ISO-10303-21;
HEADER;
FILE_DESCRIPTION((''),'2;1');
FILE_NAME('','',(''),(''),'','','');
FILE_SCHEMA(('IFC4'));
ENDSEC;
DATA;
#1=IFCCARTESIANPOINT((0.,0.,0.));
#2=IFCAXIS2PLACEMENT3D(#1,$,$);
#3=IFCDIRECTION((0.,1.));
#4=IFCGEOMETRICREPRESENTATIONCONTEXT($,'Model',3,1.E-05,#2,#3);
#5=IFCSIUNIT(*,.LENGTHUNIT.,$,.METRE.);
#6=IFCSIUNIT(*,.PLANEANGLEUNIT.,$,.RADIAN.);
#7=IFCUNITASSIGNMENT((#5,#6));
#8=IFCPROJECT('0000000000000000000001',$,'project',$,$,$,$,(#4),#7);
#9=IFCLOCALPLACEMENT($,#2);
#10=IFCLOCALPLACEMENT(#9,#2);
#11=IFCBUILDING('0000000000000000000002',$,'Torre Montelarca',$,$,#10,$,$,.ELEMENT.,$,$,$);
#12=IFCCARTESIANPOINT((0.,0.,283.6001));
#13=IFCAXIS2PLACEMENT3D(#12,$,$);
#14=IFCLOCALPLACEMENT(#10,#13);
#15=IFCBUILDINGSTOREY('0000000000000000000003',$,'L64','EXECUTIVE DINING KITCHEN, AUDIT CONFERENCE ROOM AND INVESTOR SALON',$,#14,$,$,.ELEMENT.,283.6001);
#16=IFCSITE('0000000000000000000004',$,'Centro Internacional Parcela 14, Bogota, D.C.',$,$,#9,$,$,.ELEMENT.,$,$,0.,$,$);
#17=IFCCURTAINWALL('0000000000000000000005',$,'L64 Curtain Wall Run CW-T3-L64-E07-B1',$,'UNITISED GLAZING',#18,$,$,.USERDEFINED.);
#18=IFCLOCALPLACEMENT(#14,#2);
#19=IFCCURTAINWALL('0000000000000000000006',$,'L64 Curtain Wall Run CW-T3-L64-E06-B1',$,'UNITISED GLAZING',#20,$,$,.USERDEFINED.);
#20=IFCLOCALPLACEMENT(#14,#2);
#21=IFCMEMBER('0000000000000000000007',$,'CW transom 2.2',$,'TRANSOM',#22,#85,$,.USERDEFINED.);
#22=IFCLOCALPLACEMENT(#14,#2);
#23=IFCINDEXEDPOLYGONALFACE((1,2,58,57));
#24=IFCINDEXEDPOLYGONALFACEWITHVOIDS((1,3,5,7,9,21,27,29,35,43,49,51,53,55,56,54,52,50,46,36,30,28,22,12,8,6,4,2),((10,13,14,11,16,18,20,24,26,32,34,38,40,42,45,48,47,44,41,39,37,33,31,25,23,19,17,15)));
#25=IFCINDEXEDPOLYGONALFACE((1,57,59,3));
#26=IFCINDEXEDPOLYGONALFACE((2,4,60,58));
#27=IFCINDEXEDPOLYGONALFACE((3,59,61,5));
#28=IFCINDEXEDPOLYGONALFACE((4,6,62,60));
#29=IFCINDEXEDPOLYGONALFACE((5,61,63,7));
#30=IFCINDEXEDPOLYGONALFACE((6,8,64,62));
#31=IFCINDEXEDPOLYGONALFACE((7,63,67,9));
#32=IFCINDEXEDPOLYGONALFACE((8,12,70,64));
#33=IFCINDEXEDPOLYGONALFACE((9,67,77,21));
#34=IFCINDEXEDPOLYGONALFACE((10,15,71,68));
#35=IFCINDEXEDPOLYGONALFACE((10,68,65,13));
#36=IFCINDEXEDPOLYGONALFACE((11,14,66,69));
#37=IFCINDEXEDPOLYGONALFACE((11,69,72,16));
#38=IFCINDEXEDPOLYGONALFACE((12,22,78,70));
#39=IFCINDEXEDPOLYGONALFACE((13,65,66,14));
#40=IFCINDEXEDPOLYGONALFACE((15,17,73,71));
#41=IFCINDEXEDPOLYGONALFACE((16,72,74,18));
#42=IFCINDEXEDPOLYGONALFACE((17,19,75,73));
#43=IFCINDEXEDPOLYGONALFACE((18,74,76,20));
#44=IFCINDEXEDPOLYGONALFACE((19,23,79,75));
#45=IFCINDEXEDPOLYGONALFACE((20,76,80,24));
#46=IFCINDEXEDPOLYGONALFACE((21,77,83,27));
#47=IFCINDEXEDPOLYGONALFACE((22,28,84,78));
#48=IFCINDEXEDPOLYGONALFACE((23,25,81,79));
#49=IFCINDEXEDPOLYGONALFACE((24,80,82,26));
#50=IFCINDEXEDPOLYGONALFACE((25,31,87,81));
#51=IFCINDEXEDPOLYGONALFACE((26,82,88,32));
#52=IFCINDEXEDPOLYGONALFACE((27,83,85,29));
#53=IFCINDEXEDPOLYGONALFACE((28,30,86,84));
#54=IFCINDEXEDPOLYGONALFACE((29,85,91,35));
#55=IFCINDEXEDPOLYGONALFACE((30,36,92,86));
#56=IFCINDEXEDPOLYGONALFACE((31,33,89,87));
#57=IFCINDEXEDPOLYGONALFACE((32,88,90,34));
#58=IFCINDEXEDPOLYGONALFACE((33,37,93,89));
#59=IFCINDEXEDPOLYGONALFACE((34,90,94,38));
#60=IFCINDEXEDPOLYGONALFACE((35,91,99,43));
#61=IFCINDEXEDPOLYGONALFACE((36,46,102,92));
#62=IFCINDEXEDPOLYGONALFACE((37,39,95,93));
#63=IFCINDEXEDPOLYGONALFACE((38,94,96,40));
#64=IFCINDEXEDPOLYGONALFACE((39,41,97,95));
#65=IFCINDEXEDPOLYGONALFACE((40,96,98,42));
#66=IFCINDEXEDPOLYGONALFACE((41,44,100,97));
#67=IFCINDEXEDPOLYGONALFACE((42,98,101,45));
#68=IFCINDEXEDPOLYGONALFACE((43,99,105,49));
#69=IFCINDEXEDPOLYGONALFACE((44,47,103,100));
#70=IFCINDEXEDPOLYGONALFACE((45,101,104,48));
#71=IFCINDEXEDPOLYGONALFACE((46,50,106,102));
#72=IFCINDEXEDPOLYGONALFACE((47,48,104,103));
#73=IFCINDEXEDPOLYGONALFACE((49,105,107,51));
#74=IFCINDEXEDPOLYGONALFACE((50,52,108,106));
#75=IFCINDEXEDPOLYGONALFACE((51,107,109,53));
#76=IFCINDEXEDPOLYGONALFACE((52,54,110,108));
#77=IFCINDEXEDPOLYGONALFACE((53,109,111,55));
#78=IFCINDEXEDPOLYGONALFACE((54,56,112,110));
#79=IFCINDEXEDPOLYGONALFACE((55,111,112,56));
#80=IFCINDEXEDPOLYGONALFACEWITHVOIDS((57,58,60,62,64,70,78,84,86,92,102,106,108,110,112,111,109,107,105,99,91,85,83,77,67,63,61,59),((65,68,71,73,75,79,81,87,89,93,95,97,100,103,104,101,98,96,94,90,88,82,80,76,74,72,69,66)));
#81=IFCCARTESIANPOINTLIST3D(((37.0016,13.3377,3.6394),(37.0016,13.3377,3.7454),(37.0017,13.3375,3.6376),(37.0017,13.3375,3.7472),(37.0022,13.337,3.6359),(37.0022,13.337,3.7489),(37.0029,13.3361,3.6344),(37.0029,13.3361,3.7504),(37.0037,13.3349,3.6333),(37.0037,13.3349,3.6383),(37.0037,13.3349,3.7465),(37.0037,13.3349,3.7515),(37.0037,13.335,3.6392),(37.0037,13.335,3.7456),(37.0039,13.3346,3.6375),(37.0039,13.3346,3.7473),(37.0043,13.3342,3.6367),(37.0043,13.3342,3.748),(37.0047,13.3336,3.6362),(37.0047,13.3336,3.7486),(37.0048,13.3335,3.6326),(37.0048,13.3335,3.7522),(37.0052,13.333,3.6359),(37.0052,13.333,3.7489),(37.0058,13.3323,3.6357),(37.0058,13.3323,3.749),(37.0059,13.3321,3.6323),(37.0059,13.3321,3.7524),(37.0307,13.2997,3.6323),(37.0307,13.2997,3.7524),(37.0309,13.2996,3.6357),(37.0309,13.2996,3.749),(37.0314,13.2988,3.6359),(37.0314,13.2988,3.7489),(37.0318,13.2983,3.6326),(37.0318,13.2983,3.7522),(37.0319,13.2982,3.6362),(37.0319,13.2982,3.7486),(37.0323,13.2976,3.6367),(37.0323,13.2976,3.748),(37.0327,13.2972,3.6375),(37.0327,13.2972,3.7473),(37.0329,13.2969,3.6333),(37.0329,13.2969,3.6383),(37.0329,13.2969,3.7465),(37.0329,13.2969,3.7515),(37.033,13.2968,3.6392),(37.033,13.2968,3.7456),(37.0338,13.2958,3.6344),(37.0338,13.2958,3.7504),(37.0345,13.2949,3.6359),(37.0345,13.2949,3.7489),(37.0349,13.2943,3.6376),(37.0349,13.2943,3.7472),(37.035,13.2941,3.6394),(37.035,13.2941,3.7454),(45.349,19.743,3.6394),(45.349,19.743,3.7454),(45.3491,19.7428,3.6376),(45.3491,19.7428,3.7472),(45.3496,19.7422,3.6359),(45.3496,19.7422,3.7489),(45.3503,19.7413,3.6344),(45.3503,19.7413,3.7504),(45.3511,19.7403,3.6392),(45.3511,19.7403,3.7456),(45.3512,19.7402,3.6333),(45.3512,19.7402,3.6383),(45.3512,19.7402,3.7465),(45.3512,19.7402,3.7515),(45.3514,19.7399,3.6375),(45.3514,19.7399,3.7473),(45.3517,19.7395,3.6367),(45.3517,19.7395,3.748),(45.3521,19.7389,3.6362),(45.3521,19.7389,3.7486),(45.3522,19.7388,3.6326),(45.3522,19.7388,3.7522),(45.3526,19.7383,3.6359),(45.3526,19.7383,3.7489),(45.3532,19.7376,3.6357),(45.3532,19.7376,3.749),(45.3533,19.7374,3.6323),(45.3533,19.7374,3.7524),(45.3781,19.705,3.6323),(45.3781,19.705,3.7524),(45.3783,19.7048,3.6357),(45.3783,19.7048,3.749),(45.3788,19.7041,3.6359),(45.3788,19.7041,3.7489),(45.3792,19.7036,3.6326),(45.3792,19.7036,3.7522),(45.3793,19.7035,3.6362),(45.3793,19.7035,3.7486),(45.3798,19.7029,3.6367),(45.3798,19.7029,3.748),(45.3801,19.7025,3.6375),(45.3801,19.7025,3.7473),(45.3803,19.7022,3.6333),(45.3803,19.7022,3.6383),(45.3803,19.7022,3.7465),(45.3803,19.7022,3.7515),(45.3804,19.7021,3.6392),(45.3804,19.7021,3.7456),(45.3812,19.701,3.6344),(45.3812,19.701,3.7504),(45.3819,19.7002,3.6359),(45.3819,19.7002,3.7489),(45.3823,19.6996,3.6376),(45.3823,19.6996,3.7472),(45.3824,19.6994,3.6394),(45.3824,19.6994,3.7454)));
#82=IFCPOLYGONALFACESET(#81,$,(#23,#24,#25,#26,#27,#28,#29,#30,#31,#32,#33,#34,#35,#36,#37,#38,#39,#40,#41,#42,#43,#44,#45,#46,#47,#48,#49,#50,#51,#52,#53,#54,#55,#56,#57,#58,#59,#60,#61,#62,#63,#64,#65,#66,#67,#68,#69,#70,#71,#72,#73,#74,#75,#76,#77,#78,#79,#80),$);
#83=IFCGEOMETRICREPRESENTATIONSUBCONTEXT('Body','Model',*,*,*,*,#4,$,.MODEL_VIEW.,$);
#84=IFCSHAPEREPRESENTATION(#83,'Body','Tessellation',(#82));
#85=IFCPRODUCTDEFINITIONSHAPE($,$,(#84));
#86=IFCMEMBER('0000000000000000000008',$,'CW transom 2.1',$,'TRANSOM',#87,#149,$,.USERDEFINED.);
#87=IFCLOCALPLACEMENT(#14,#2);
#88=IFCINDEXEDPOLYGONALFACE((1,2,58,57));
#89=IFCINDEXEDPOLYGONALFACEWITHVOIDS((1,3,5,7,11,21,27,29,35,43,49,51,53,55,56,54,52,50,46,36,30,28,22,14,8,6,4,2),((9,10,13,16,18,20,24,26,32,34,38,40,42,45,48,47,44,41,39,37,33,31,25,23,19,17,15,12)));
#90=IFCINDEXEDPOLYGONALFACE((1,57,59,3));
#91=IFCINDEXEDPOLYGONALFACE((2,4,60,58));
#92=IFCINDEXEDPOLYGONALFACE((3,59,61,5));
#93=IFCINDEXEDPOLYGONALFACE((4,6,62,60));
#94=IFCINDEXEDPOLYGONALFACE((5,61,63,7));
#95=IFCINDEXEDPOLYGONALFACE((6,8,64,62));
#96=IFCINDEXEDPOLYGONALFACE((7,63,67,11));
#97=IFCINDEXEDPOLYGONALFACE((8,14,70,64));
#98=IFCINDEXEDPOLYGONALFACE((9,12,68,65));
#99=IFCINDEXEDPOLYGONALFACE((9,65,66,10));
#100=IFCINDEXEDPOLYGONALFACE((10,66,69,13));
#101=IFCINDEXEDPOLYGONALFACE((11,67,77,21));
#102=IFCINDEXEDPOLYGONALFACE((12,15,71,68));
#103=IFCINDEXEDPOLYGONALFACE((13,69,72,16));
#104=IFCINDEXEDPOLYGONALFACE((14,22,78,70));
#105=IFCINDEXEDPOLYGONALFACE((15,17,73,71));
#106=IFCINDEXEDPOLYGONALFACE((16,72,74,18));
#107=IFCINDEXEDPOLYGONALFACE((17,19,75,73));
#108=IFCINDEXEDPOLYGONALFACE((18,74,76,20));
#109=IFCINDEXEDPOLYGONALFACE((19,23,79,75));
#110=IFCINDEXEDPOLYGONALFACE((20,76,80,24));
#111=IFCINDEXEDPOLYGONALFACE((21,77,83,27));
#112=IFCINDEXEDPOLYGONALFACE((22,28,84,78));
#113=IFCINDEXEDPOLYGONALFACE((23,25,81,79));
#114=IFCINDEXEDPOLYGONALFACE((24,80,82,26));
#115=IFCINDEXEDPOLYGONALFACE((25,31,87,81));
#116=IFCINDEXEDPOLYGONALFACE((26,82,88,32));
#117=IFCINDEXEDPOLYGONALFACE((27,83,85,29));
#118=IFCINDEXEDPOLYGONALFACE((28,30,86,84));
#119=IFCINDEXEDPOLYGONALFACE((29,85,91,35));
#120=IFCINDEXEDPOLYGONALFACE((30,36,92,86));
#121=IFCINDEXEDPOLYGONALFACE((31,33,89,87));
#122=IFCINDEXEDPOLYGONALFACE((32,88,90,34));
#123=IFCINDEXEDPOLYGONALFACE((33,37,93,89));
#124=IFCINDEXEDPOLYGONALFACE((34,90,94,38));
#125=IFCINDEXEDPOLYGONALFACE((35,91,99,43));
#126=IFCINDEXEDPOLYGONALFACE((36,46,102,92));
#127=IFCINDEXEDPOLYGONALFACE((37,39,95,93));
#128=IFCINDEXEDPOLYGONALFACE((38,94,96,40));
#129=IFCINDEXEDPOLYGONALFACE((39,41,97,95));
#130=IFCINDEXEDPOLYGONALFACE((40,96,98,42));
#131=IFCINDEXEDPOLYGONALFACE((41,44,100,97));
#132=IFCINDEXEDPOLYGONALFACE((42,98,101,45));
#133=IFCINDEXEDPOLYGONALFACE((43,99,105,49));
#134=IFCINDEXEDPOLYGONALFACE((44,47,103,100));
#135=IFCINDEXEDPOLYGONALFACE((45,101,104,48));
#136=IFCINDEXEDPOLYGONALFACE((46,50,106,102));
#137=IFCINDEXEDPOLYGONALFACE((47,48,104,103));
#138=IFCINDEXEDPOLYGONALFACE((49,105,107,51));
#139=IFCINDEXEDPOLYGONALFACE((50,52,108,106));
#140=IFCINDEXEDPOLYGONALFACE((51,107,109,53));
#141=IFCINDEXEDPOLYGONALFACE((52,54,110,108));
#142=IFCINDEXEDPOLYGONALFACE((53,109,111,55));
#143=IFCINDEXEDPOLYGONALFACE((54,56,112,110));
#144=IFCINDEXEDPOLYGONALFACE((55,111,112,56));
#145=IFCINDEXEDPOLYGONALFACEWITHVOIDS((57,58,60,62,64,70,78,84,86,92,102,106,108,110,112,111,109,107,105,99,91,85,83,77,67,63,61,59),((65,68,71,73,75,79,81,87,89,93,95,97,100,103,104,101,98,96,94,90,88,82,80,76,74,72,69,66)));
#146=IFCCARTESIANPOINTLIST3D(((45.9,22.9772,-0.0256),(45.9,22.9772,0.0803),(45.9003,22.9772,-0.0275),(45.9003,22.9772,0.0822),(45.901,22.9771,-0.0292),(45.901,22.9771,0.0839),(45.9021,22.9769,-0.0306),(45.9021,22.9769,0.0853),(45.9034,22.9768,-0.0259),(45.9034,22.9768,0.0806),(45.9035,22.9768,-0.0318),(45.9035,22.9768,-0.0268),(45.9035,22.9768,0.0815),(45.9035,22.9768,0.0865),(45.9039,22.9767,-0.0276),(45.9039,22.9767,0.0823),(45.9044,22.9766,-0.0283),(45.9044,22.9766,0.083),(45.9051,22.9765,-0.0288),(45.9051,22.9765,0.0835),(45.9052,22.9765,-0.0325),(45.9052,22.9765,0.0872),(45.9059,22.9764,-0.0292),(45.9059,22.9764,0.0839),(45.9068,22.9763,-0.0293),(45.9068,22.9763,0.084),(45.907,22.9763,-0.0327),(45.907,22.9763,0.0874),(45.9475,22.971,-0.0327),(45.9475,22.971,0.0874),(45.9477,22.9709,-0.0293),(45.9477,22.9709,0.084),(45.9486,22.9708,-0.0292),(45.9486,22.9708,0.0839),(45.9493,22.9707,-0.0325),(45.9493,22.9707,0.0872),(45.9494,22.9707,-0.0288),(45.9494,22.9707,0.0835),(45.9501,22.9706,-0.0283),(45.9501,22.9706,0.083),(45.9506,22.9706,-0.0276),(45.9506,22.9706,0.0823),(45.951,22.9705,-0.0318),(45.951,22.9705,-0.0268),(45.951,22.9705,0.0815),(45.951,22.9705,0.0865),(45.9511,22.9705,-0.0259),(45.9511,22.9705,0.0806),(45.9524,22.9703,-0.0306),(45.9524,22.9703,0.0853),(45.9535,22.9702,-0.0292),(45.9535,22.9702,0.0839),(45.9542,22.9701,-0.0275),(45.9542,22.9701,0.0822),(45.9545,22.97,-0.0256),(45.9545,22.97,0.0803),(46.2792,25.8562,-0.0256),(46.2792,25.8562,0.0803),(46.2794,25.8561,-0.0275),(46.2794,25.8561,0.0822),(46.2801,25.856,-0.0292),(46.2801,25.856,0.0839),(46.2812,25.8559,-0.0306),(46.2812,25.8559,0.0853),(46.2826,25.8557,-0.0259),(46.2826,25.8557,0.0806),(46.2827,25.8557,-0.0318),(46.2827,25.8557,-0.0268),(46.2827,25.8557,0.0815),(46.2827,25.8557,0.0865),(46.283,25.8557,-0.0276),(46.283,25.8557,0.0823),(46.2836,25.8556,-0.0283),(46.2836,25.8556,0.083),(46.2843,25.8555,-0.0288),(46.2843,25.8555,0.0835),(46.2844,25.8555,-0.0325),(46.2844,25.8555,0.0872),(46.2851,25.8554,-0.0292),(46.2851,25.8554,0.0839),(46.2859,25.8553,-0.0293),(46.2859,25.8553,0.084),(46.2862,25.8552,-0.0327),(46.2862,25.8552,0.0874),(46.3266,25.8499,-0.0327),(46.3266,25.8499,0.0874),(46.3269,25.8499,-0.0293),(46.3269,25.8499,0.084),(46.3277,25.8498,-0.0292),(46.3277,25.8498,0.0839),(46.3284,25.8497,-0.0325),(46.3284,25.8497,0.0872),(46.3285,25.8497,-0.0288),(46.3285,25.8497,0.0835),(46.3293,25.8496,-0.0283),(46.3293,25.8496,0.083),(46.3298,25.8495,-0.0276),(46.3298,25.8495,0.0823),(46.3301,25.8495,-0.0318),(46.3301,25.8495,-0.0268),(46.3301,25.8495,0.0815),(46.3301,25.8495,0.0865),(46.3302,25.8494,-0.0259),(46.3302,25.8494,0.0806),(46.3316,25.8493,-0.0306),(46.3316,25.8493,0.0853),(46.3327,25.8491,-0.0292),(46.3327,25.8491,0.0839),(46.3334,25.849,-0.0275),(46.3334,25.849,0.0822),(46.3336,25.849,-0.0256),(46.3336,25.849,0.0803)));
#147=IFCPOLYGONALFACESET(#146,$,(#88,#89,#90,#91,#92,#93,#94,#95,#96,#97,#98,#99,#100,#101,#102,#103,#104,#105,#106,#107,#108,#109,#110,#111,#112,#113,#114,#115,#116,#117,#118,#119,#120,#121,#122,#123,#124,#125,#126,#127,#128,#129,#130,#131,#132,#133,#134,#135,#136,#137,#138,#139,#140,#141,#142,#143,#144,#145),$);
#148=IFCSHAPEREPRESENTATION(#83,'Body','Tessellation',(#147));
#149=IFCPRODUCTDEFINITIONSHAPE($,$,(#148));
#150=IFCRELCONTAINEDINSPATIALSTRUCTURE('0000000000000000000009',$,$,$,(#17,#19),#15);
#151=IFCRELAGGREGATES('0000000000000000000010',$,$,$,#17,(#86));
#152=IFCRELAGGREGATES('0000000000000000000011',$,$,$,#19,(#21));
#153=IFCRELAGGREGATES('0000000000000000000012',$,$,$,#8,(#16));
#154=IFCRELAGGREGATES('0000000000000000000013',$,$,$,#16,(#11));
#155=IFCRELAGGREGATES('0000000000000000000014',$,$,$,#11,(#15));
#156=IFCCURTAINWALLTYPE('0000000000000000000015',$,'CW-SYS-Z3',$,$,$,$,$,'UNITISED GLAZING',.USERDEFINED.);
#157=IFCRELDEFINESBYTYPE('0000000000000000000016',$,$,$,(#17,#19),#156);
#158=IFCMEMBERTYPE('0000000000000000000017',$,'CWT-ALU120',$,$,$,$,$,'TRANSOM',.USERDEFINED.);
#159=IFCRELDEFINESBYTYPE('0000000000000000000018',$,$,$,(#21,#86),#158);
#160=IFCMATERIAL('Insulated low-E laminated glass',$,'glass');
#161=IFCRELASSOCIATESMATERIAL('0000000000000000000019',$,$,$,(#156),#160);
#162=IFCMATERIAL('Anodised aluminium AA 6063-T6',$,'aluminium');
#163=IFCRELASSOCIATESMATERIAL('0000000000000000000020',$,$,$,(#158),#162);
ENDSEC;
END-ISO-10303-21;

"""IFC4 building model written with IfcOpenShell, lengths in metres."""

from ifc_helpers import new_model, si_unit, direction, frame, origin, origin_2d, place, context, subcontext, project, spatial, hollow_rectangle, extrude, source, transform, mapped, material, material_profile, profile_set, type_object, element, aggregate, save


model = new_model("IFC4")

# Units and contexts
model_context = context("Model", 3, precision=1e-05, world=origin(), true_north=direction((0.0, 1.0)))
body_context = subcontext(model_context, "Body", "Model", "MODEL_VIEW")
ifc_project = project(units=[si_unit("LENGTHUNIT", "METRE"), si_unit("PLANEANGLEUNIT", "RADIAN")], contexts=[model_context])

# Site, building, storey
site_placement = place(None, origin())
site = spatial("IfcSite", under=ifc_project, at=site_placement, Name="Centro Internacional Parcela 14, Bogota, D.C.", CompositionType="ELEMENT", RefElevation=0.0)
building_placement = place(site_placement, origin())
building = spatial("IfcBuilding", under=site, at=building_placement, Name="Torre Montelarca", CompositionType="ELEMENT")
storey_placement = place(building_placement, frame((0.0, 0.0, 283.6001)))
storey = spatial("IfcBuildingStorey", under=building, at=storey_placement, Name="L64", Description="EXECUTIVE DINING KITCHEN, AUDIT CONFERENCE ROOM AND INVESTOR SALON", CompositionType="ELEMENT", Elevation=283.6001)

# Curtain walls
ifc_material_1 = material(Name="Insulated low-E laminated glass", Category="glass")
curtain_wall_type = type_object("IfcCurtainWallType", Name="CW-SYS-Z3", ElementType="UNITISED GLAZING", PredefinedType="USERDEFINED", material=ifc_material_1)
curtain_wall_1_placement = place(storey_placement, origin())
curtain_wall_1 = element("IfcCurtainWall", 1, at=curtain_wall_1_placement, inside=storey, type_object=curtain_wall_type, Name="L64 Curtain Wall Run CW-T3-L64-E07-B1", ObjectType="UNITISED GLAZING", PredefinedType="USERDEFINED")
ifc_material_2 = material(Name="Anodised aluminium AA 6063-T6", Category="aluminium")
ifc_material_profile_1 = material_profile(ifc_material_2, hollow_rectangle(XDim=0.0549, YDim=0.1201, WallThickness=0.0034, InnerFilletRadius=0.0034, OuterFilletRadius=0.0071, at=origin_2d()), Name="ALU55X120X3.5", Category="aluminium")
ifc_profile_set_1 = profile_set([ifc_material_profile_1], Name="Anodised aluminium AA 6063-T6")
member_type_1 = type_object("IfcMemberType", Name="CWT-ALU120", ElementType="TRANSOM", PredefinedType="USERDEFINED", material=ifc_profile_set_1)
curtain_wall_2_placement = place(storey_placement, origin())
curtain_wall_2 = element("IfcCurtainWall", 2, at=curtain_wall_2_placement, inside=storey, type_object=curtain_wall_type, Name="L64 Curtain Wall Run CW-T3-L64-E06-B1", ObjectType="UNITISED GLAZING", PredefinedType="USERDEFINED")

# Members
shared_shape_1 = source(origin(), body_context, "Body", "SweptSolid", [
    extrude(hollow_rectangle(XDim=0.0549, YDim=0.1201, WallThickness=0.0034, InnerFilletRadius=0.0034, OuterFilletRadius=0.0071, at=origin_2d()), origin(), (0.0, 0.0, 1.0), 10.5217),
])
member_1_placement = place(storey_placement, frame((37.0183, 13.3159, 3.6924), z_axis=(0.79335, 0.608766, 0.0), x_axis=(-0.608766, 0.79335, 0.0)))
member_1 = element("IfcMember", 3, at=member_1_placement, type_object=member_type_1, Name="CW transom 2.2", ObjectType="TRANSOM", PredefinedType="USERDEFINED", context=body_context, shape_type="MappedRepresentation", body=[
    mapped(shared_shape_1, transform((0.0, 0.0, 0.0), scale=1.0)),
])
shared_shape_2 = source(origin(), body_context, "Body", "SweptSolid", [
    extrude(hollow_rectangle(XDim=0.0549, YDim=0.1201, WallThickness=0.0034, InnerFilletRadius=0.0034, OuterFilletRadius=0.0071, at=origin_2d()), origin(), (0.0, 0.0, 1.0), 2.9038),
])
member_2_placement = place(storey_placement, frame((45.9272, 22.9736, 0.0273), z_axis=(0.130572, 0.991439, 0.0), x_axis=(-0.991439, 0.130572, 0.0)))
member_2 = element("IfcMember", 4, at=member_2_placement, type_object=member_type_1, Name="CW transom 2.1", ObjectType="TRANSOM", PredefinedType="USERDEFINED", context=body_context, shape_type="MappedRepresentation", body=[
    mapped(shared_shape_2, transform((0.0, 0.0, 0.0), scale=1.0)),
])

aggregate(curtain_wall_1, [member_2])
aggregate(curtain_wall_2, [member_1])

save(model, "model.ifc")
